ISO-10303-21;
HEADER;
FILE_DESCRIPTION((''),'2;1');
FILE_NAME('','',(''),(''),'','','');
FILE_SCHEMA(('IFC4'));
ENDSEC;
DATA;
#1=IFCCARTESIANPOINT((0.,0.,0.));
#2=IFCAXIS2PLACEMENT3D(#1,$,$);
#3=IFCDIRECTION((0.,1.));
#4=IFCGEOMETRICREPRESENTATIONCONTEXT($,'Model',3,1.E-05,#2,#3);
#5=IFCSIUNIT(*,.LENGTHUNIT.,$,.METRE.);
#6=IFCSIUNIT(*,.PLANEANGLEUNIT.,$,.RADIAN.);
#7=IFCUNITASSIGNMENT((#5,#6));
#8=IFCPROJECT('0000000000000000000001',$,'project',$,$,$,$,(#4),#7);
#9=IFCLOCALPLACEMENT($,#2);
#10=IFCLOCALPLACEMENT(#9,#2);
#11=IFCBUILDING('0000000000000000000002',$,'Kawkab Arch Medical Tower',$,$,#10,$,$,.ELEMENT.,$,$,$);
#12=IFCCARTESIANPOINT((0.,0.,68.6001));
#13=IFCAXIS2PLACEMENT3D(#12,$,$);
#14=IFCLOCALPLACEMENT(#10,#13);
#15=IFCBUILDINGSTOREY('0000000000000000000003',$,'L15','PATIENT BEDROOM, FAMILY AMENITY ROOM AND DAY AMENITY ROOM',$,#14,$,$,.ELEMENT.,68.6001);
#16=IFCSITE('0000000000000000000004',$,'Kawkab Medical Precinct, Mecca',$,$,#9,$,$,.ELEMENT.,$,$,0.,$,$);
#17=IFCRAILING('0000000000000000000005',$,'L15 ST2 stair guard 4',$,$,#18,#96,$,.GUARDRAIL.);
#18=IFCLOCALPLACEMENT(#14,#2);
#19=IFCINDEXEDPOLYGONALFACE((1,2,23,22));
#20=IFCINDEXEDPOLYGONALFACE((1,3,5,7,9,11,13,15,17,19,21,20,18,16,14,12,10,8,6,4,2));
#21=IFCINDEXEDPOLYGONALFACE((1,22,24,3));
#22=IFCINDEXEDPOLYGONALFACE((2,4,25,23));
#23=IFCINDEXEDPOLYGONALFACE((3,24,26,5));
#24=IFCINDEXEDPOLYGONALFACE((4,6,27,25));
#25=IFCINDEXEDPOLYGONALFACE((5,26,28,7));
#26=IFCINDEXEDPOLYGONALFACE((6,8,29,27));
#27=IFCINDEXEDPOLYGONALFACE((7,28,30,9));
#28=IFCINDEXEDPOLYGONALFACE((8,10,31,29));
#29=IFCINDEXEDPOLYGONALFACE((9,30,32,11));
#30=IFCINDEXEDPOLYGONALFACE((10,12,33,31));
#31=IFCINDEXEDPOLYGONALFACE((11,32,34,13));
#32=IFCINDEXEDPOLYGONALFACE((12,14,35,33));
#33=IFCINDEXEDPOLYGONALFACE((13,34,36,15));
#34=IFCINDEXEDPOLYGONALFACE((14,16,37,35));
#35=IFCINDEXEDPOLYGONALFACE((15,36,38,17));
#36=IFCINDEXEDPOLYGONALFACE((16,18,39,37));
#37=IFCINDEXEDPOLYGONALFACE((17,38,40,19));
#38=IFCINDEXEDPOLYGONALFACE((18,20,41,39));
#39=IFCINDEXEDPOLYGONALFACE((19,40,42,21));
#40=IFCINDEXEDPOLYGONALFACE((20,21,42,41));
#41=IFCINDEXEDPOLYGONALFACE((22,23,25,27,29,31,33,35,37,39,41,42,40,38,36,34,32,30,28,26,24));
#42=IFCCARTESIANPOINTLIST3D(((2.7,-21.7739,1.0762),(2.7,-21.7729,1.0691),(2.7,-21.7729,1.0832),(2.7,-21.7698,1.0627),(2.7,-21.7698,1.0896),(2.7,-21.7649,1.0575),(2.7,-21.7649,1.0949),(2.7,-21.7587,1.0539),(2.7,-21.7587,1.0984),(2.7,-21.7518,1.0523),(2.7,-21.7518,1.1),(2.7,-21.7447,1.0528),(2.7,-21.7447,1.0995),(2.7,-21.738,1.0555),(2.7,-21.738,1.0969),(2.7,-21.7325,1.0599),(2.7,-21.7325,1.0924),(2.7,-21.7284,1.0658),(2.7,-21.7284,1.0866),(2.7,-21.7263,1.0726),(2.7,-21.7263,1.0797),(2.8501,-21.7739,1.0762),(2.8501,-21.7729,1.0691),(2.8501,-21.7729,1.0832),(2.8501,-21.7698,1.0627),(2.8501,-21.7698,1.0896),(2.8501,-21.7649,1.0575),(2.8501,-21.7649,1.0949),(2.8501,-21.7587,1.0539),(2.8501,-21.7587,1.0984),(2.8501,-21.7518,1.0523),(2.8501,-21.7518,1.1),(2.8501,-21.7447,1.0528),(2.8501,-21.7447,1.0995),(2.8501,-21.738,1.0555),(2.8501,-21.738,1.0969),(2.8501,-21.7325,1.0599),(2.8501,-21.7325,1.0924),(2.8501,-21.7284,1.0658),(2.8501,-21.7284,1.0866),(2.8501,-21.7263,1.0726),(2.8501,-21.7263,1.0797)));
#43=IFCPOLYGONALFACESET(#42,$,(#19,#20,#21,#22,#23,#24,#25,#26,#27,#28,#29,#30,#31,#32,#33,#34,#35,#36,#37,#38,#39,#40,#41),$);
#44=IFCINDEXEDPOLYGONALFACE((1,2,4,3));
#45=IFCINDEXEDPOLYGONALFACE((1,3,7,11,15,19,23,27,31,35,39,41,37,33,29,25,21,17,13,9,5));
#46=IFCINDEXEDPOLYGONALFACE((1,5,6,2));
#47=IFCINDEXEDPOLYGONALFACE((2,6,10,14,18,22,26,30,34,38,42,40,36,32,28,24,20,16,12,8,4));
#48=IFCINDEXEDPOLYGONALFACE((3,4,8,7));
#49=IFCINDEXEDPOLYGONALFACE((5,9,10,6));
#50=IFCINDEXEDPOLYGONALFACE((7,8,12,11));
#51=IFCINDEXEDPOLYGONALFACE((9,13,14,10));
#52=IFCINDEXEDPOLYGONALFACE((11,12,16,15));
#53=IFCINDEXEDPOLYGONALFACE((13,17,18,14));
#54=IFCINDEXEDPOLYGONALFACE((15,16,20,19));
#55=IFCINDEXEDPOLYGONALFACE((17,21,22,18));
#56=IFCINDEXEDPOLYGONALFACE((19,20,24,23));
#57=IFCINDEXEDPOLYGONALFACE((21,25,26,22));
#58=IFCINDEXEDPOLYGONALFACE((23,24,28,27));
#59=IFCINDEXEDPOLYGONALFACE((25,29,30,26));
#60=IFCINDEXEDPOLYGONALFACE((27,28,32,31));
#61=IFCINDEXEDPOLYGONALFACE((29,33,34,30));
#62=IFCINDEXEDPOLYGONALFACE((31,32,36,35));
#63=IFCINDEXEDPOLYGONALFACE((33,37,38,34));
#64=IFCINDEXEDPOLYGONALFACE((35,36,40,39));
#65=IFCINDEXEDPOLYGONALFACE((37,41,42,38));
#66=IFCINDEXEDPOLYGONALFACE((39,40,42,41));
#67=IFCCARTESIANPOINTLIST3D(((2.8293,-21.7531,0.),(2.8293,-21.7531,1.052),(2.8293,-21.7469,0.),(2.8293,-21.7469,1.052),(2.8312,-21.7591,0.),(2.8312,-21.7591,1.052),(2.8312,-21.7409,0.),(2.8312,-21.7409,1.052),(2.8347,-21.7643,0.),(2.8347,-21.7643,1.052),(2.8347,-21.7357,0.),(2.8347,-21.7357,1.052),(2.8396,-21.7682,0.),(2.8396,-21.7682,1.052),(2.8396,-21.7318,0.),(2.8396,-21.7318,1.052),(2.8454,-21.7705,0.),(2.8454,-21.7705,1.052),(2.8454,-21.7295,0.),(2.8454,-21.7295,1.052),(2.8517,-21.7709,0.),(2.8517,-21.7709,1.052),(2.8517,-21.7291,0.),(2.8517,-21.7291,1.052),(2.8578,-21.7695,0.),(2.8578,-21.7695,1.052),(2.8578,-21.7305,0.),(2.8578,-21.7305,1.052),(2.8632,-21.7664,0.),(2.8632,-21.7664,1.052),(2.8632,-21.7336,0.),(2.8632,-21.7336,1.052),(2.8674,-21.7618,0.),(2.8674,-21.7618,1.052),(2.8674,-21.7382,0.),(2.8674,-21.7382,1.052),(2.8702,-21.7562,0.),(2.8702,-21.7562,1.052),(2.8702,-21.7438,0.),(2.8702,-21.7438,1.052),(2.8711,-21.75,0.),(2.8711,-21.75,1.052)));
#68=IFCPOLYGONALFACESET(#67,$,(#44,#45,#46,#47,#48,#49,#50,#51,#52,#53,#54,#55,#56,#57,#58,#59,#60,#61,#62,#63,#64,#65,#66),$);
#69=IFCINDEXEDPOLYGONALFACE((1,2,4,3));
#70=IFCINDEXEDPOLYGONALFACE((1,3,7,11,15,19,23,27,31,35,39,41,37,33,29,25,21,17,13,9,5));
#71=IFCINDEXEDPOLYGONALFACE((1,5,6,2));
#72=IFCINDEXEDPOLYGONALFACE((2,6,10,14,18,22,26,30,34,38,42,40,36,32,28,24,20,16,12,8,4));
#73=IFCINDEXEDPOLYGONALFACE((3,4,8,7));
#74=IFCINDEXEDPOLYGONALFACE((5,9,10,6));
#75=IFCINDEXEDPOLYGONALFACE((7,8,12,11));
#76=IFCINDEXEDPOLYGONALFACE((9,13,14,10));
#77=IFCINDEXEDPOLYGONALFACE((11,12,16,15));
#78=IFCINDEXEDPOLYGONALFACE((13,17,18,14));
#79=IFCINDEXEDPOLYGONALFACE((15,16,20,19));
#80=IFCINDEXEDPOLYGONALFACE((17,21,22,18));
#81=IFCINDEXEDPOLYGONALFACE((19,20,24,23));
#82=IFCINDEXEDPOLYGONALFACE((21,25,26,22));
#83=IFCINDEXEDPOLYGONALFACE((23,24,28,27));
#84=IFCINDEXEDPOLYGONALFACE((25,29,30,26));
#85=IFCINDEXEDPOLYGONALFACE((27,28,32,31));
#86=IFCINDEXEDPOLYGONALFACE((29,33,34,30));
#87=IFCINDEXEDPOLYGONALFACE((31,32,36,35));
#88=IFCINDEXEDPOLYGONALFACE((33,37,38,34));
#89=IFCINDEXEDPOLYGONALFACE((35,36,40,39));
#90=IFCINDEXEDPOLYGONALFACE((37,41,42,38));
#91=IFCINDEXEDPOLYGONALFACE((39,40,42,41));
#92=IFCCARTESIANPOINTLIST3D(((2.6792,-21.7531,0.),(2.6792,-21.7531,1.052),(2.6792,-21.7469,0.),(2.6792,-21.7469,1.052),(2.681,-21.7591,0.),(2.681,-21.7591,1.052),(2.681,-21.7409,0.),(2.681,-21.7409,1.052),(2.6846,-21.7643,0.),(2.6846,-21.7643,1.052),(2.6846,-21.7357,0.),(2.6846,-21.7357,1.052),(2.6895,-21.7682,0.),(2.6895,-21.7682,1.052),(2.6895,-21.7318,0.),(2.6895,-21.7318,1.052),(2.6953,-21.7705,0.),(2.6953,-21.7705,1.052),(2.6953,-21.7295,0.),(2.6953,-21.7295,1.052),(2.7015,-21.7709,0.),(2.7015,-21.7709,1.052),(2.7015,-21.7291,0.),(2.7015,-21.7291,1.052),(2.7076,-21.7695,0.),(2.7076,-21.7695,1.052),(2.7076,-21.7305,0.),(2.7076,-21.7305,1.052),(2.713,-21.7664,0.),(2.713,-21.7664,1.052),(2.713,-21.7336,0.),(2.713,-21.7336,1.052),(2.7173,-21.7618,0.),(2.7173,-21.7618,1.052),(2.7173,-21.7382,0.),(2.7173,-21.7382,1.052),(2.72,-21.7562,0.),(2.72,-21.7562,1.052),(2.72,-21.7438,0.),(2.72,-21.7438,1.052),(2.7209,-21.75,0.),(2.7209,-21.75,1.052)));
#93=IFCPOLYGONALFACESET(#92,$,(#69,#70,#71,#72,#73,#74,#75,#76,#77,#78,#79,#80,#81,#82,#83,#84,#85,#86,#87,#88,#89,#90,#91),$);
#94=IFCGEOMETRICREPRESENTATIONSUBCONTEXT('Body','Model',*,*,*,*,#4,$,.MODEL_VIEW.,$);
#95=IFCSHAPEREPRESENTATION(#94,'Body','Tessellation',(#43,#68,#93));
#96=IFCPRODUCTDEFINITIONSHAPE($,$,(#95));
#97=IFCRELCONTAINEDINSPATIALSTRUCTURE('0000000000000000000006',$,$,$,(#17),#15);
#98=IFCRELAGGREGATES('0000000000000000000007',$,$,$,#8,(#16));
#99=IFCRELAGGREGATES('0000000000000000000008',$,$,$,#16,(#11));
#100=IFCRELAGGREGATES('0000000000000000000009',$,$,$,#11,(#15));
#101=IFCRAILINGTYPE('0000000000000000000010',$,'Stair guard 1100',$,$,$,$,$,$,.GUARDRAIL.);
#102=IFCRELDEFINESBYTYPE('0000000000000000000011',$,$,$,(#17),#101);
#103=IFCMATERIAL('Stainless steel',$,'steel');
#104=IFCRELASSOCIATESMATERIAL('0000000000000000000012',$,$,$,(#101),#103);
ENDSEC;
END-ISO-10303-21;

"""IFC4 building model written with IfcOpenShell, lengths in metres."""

from ifc_helpers import new_model, si_unit, direction, frame, origin, origin_2d, place, context, subcontext, project, spatial, circle, extrude, material, type_object, element, save


model = new_model("IFC4")

# Units and contexts
model_context = context("Model", 3, precision=1e-05, world=origin(), true_north=direction((0.0, 1.0)))
body_context = subcontext(model_context, "Body", "Model", "MODEL_VIEW")
ifc_project = project(units=[si_unit("LENGTHUNIT", "METRE"), si_unit("PLANEANGLEUNIT", "RADIAN")], contexts=[model_context])

# Site, building, storey
site_placement = place(None, origin())
site = spatial("IfcSite", under=ifc_project, at=site_placement, Name="Kawkab Medical Precinct, Mecca", CompositionType="ELEMENT", RefElevation=0.0)
building_placement = place(site_placement, origin())
building = spatial("IfcBuilding", under=site, at=building_placement, Name="Kawkab Arch Medical Tower", CompositionType="ELEMENT")
storey_placement = place(building_placement, frame((0.0, 0.0, 68.6001)))
storey = spatial("IfcBuildingStorey", under=building, at=storey_placement, Name="L15", Description="PATIENT BEDROOM, FAMILY AMENITY ROOM AND DAY AMENITY ROOM", CompositionType="ELEMENT", Elevation=68.6001)

# Railing
ifc_material_1 = material(Name="Stainless steel", Category="steel")
railing_type_1 = type_object("IfcRailingType", Name="Stair guard 1100", PredefinedType="GUARDRAIL", material=ifc_material_1)
railing_1_placement = place(storey_placement, frame((2.8501, -21.75, 0.0)))
element("IfcRailing", 1, at=railing_1_placement, inside=storey, type_object=railing_type_1, Name="L15 ST2 stair guard 4", PredefinedType="GUARDRAIL", context=body_context, shape_type="SweptSolid", body=[
    extrude(circle(Radius=0.0239, at=origin_2d()), frame((0.0, 0.0, 1.0762), z_axis=(-1.0, 0.0, 0.0), x_axis=(0.0, -1.0, 0.0)), (0.0, 0.0, 1.0), 0.1501),
    extrude(circle(Radius=0.021, at=origin_2d()), origin(), (0.0, 0.0, 1.0), 1.052),
    extrude(circle(Radius=0.021, at=origin_2d()), frame((-0.1501, 0.0, 0.0)), (0.0, 0.0, 1.0), 1.052),
])

save(model, "model.ifc")
